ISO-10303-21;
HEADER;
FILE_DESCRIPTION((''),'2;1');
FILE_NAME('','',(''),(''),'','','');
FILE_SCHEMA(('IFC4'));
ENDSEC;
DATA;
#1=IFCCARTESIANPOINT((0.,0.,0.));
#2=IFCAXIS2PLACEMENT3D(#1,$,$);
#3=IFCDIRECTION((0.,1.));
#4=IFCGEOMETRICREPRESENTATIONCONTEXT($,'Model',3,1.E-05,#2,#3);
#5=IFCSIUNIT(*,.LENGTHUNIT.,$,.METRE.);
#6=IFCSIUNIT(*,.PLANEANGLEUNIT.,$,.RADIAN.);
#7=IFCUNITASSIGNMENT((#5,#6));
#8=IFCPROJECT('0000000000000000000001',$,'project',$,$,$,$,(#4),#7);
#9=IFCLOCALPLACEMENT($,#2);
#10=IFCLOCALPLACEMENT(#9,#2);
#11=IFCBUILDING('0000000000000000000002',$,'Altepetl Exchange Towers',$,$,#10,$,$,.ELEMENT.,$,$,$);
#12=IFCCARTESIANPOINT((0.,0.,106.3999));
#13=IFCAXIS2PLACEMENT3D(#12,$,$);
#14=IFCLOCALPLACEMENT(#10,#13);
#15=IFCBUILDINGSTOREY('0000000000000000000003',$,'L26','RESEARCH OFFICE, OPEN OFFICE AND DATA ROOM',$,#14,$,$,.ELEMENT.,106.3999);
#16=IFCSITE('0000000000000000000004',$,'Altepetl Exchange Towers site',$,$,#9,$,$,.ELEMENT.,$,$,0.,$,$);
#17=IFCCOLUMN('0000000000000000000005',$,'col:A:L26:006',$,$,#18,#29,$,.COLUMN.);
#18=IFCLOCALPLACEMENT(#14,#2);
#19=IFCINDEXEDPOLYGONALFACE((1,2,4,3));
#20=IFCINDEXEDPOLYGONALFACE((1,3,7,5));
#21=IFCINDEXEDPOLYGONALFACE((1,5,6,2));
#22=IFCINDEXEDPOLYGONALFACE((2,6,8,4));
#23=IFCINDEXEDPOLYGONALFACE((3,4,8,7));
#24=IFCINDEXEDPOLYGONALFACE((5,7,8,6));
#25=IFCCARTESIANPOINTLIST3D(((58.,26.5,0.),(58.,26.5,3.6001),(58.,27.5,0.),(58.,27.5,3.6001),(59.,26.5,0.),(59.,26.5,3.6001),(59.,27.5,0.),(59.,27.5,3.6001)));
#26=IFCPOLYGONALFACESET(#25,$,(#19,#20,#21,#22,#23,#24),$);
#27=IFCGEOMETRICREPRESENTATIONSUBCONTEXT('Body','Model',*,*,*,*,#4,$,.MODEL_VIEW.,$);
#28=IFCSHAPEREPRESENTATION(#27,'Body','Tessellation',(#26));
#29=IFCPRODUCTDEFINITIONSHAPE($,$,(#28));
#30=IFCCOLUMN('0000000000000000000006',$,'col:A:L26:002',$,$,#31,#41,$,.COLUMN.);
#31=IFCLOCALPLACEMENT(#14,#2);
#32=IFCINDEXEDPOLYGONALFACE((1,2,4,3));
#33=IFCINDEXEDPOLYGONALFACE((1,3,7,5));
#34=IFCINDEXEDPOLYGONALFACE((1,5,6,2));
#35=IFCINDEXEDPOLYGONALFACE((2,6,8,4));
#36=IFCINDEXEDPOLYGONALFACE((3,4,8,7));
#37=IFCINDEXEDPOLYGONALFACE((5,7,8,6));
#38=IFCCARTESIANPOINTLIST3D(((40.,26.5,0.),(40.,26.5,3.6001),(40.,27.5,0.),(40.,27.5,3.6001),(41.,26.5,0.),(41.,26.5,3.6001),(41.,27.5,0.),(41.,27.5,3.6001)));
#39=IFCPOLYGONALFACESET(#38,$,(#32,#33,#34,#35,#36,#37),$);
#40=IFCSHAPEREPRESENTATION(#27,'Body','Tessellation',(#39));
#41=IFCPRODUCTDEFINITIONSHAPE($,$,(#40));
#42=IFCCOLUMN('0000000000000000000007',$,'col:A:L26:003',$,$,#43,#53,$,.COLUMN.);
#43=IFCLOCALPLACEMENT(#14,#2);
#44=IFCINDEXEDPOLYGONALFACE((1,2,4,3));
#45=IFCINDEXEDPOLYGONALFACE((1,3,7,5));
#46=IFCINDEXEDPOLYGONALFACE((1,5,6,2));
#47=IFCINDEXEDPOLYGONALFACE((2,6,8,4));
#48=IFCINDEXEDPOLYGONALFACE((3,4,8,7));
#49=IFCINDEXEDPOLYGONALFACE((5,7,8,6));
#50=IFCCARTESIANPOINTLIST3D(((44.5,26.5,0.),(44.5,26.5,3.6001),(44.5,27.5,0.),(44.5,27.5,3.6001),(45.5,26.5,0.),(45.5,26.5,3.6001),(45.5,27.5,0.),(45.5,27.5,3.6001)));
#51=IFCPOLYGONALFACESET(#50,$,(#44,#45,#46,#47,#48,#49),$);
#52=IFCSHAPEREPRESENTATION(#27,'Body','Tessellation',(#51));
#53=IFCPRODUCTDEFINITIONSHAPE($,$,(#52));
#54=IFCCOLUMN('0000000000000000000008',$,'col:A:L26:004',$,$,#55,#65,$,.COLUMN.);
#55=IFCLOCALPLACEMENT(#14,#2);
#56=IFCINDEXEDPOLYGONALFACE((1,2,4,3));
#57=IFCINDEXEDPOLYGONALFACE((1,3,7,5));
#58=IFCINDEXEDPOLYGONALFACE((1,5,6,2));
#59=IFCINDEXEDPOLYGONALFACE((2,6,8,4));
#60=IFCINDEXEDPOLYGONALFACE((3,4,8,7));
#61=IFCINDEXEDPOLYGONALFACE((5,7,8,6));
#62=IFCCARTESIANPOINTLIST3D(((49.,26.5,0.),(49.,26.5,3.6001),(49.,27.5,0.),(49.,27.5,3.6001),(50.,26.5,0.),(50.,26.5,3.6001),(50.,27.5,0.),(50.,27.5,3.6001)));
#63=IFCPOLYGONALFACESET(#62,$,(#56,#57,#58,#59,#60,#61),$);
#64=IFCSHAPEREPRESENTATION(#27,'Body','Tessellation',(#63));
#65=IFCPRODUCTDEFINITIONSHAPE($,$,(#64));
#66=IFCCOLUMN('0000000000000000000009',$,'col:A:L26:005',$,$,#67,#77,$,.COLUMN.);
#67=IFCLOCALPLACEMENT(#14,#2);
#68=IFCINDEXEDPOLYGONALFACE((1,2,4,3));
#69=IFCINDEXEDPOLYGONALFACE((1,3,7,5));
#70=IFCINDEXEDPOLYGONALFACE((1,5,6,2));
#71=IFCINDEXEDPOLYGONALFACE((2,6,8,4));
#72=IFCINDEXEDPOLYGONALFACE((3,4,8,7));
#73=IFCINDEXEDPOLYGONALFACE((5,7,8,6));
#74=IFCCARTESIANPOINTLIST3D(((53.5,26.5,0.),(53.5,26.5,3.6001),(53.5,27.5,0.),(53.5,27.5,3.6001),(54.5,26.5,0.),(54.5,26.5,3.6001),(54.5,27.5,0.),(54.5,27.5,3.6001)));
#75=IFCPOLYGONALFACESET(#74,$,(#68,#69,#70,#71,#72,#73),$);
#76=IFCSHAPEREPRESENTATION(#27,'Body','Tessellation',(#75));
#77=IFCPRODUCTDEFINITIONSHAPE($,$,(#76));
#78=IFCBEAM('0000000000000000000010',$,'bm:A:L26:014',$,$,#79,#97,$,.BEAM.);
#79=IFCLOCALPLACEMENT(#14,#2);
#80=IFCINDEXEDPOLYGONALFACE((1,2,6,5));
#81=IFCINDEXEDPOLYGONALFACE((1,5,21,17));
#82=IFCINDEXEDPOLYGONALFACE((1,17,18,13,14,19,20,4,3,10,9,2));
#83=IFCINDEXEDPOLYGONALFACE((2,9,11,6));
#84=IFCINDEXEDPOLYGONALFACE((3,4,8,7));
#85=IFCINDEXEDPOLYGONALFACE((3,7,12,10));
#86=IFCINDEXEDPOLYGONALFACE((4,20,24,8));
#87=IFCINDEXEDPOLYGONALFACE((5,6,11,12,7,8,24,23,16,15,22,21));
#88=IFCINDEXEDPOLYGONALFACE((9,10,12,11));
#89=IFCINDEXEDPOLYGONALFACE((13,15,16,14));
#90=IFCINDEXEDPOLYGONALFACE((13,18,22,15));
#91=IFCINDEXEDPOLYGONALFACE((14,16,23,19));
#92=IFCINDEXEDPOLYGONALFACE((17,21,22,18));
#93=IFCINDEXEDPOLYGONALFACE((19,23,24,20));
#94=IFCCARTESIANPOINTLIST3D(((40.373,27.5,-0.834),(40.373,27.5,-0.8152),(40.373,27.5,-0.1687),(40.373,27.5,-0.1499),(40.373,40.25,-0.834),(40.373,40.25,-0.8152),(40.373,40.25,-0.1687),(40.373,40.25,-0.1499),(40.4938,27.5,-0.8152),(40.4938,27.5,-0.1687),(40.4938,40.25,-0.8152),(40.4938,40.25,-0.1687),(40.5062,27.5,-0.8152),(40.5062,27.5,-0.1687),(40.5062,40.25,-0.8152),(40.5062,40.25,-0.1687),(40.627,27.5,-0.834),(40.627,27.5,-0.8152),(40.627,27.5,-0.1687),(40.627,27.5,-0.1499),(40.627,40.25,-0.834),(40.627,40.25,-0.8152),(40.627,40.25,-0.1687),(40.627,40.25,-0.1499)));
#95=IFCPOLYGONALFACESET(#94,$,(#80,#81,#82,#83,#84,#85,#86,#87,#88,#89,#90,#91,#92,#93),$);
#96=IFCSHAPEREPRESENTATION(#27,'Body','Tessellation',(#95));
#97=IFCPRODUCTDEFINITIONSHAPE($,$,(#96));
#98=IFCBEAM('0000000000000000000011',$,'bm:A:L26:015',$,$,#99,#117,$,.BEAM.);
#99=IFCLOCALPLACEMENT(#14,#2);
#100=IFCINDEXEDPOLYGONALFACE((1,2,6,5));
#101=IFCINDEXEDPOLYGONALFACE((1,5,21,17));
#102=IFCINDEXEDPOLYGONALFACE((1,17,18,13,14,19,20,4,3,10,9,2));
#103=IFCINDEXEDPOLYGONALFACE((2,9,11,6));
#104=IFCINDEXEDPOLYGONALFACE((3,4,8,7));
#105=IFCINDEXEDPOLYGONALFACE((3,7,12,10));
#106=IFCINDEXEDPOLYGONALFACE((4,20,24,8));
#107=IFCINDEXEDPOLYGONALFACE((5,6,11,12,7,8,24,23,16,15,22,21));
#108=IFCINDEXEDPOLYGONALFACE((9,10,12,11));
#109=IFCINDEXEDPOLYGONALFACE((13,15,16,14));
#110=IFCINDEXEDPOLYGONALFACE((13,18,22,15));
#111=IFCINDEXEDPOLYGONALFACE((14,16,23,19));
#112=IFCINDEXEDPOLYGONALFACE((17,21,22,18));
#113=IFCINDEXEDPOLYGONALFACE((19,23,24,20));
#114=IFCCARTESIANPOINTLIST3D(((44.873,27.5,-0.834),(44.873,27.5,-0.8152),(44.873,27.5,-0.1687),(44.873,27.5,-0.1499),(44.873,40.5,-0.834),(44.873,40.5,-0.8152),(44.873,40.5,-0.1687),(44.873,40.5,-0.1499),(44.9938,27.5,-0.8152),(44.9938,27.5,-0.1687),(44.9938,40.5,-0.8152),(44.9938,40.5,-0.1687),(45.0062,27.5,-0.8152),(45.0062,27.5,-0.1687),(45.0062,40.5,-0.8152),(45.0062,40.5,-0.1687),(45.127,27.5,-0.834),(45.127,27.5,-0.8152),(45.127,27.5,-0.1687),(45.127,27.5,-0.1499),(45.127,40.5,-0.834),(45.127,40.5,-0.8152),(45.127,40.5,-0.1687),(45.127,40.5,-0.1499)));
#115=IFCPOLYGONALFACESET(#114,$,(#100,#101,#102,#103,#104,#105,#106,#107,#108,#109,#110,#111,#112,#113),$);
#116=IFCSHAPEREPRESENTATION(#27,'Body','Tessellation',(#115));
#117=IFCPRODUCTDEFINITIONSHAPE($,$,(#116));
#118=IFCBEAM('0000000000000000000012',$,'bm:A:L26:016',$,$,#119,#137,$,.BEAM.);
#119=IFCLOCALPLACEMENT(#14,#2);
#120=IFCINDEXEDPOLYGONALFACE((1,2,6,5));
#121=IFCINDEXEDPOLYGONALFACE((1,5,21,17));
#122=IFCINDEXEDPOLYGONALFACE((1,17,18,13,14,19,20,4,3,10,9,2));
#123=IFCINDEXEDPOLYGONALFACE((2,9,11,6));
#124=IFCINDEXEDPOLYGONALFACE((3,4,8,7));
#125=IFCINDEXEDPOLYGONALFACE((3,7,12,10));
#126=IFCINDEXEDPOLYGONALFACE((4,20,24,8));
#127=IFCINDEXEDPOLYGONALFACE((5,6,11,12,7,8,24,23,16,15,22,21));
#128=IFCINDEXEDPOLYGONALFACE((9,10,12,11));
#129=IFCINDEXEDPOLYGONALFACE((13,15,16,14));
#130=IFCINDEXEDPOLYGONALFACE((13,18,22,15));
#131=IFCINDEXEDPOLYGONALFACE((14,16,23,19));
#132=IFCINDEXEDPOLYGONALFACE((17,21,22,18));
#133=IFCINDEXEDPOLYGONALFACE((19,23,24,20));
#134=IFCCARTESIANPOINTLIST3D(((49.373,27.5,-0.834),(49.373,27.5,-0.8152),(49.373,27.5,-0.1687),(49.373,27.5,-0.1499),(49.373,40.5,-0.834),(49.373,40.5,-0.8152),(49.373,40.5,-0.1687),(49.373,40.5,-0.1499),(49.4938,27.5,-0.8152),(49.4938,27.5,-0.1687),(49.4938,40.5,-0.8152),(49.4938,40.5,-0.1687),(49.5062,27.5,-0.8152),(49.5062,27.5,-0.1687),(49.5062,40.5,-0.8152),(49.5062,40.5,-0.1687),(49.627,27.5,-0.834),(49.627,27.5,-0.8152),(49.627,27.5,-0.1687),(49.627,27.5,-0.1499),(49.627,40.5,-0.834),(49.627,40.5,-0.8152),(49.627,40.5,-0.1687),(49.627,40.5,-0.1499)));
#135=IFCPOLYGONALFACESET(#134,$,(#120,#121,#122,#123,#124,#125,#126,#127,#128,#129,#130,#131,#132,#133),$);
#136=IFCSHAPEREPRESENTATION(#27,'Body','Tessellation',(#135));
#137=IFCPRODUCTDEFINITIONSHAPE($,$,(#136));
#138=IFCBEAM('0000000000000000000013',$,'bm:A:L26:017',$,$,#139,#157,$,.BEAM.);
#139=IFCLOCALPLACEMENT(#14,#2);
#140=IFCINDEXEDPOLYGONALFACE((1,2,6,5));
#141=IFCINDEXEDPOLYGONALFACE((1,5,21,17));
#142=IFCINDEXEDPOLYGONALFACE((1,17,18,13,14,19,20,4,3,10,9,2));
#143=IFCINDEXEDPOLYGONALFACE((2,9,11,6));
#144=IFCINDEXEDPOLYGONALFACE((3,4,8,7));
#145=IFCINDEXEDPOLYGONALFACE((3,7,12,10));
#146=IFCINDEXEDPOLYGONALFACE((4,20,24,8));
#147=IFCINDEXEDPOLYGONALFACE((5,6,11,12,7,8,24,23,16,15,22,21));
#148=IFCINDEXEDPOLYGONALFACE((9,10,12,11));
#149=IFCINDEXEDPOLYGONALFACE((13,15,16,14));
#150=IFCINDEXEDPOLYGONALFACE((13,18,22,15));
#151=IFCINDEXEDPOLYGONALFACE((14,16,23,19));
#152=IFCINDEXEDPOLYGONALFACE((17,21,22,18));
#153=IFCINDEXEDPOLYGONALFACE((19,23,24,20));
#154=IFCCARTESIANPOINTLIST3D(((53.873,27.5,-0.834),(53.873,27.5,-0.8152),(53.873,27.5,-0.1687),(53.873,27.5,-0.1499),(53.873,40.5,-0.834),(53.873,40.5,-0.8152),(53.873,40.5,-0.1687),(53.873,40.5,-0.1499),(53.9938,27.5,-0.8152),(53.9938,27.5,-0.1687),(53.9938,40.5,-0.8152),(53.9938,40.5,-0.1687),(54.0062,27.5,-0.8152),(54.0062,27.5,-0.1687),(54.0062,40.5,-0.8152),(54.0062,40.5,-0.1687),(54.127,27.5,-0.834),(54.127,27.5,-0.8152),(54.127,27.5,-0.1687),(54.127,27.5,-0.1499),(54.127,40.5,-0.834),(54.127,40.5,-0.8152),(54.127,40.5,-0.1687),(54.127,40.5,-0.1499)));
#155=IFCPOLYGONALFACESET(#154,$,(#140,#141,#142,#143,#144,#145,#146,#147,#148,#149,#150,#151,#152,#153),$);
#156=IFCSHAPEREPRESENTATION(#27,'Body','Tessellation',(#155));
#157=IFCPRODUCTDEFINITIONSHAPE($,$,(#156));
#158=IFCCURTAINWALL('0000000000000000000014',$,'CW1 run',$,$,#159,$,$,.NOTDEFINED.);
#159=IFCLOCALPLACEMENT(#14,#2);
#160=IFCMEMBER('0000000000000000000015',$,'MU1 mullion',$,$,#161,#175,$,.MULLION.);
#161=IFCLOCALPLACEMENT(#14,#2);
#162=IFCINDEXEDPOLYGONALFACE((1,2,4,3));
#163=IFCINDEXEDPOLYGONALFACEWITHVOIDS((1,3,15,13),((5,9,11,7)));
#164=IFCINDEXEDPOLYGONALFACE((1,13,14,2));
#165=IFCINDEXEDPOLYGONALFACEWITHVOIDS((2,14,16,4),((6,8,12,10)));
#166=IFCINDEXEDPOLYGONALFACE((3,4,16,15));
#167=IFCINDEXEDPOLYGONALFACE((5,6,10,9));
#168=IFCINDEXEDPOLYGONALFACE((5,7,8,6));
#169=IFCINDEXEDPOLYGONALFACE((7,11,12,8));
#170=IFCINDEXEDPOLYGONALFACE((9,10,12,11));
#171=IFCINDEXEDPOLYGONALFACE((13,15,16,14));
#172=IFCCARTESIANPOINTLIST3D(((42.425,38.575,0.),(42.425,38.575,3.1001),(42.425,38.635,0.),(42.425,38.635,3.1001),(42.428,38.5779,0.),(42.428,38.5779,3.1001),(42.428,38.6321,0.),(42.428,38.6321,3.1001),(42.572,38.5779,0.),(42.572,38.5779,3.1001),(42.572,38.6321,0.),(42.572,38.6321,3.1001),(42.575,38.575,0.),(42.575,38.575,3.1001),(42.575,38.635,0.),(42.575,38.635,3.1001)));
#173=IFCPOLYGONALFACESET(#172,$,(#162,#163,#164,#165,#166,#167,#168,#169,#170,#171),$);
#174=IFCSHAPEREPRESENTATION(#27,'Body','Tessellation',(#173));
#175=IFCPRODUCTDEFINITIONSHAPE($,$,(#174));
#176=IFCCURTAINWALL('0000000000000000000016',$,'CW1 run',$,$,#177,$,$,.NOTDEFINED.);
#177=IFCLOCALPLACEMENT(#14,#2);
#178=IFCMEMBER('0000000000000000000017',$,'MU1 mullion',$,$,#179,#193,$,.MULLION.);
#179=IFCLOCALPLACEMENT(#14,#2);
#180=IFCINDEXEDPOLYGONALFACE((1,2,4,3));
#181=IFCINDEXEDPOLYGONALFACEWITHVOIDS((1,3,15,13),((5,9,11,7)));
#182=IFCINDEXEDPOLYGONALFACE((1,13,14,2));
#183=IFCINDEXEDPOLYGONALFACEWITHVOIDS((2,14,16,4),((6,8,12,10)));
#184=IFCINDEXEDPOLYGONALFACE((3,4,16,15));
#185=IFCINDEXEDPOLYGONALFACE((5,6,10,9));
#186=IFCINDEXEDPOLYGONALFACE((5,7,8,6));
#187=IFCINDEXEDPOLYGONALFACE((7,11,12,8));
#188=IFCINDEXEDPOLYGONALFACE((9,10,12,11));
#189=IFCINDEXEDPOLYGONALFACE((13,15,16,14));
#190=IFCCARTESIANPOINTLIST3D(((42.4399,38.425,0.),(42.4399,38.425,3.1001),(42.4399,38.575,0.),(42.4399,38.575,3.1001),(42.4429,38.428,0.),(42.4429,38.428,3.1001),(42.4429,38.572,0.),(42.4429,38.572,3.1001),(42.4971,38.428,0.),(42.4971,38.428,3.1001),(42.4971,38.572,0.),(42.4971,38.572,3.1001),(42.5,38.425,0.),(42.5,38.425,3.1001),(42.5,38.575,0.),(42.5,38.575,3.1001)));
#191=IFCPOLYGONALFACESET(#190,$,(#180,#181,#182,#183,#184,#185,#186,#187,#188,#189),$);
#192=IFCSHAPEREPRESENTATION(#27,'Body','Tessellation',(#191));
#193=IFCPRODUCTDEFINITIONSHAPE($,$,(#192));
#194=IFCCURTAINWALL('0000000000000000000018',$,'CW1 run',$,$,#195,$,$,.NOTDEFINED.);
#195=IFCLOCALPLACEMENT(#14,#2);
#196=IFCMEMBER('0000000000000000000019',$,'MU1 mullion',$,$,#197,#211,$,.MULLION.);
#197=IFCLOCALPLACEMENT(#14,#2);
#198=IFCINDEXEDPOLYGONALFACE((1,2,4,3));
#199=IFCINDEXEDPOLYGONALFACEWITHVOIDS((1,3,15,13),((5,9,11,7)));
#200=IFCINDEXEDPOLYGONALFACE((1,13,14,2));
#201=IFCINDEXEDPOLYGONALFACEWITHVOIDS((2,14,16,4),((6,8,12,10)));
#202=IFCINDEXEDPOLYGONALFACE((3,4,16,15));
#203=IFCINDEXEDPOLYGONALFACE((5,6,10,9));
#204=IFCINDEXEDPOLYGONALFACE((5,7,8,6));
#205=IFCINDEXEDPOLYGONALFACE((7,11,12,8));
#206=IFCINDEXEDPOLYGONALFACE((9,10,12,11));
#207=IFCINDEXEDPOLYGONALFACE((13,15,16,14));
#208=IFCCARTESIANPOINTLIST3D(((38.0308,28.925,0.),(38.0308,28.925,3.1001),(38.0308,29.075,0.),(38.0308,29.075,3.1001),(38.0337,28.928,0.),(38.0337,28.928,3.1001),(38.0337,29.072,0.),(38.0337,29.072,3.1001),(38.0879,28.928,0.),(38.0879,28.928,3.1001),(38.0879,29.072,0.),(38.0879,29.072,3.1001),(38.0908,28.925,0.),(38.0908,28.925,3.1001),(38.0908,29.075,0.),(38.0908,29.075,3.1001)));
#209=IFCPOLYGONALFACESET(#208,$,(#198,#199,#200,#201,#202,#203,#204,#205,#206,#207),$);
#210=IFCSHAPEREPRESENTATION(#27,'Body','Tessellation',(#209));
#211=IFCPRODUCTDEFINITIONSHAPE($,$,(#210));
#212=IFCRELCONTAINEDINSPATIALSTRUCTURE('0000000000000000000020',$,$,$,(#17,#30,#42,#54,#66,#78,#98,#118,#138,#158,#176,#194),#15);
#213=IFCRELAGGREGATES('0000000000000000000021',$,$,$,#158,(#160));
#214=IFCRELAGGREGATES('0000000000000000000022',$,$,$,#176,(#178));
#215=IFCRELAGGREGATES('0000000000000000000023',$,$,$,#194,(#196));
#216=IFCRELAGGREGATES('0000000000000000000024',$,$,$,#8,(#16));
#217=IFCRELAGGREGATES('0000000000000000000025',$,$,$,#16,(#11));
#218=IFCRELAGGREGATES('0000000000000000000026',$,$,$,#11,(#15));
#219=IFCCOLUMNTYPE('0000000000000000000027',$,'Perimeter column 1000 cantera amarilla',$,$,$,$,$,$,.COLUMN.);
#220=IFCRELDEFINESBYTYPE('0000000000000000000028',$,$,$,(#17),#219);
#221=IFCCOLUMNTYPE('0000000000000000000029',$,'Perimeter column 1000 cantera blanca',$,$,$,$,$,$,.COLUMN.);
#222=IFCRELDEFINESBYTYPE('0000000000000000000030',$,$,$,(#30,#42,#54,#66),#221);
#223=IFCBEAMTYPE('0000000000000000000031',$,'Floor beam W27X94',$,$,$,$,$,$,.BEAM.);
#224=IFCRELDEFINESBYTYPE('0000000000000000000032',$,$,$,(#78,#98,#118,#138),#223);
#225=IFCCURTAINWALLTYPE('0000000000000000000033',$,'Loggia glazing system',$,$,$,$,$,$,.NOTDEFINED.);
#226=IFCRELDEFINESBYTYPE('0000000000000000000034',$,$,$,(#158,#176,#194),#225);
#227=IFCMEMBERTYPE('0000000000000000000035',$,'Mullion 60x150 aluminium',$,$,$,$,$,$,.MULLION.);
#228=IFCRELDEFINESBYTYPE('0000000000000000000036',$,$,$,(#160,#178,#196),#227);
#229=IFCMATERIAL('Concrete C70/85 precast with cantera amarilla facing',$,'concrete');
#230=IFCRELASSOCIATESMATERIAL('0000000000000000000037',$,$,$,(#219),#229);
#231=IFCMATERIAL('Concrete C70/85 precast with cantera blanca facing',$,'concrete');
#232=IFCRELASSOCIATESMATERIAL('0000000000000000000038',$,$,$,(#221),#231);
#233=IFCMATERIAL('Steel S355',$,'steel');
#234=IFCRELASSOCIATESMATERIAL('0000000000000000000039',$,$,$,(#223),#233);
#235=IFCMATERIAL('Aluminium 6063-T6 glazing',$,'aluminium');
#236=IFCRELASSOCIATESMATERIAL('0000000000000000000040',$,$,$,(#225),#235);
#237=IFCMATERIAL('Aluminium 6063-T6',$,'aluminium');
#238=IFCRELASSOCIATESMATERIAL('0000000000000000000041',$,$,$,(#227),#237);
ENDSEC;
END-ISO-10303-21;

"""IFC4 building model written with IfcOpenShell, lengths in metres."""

from ifc_helpers import new_model, si_unit, direction, frame, origin, origin_2d, place, context, subcontext, project, spatial, rectangle, hollow_rectangle, i_section, extrude, material, material_profile, profile_set, type_object, element, aggregate, save


model = new_model("IFC4")

# Units and contexts
model_context = context("Model", 3, precision=1e-05, world=origin(), true_north=direction((0.0, 1.0)))
body_context = subcontext(model_context, "Body", "Model", "MODEL_VIEW")
ifc_project = project(units=[si_unit("LENGTHUNIT", "METRE"), si_unit("PLANEANGLEUNIT", "RADIAN")], contexts=[model_context])

# Site, building, storey
site_placement = place(None, origin())
site = spatial("IfcSite", under=ifc_project, at=site_placement, Name="Altepetl Exchange Towers site", CompositionType="ELEMENT", RefElevation=0.0)
building_placement = place(site_placement, origin())
building = spatial("IfcBuilding", under=site, at=building_placement, Name="Altepetl Exchange Towers", CompositionType="ELEMENT")
storey_placement = place(building_placement, frame((0.0, 0.0, 106.3999)))
storey = spatial("IfcBuildingStorey", under=building, at=storey_placement, Name="L26", Description="RESEARCH OFFICE, OPEN OFFICE AND DATA ROOM", CompositionType="ELEMENT", Elevation=106.3999)

# Columns
ifc_material_1 = material(Name="Concrete C70/85 precast with cantera amarilla facing", Category="concrete")
ifc_material_profile_1 = material_profile(ifc_material_1, rectangle(XDim=1.0, YDim=1.0, at=origin_2d()), Name="1000 x 1000")
ifc_profile_set_1 = profile_set([ifc_material_profile_1], Name="Concrete C70/85 precast with cantera amarilla facing")
column_type_1 = type_object("IfcColumnType", Name="Perimeter column 1000 cantera amarilla", PredefinedType="COLUMN", material=ifc_profile_set_1)
column_placement = place(storey_placement, frame((58.5, 27.0, 0.0)))
element("IfcColumn", 1, at=column_placement, inside=storey, type_object=column_type_1, Name="col:A:L26:006", PredefinedType="COLUMN", context=body_context, shape_type="SweptSolid", body=[
    extrude(rectangle(XDim=1.0, YDim=1.0, at=origin_2d()), origin(), (0.0, 0.0, 1.0), 3.6001),
])
ifc_material_2 = material(Name="Concrete C70/85 precast with cantera blanca facing", Category="concrete")
ifc_material_profile_2 = material_profile(ifc_material_2, rectangle(XDim=1.0, YDim=1.0, at=origin_2d()), Name="1000 x 1000")
ifc_profile_set_2 = profile_set([ifc_material_profile_2], Name="Concrete C70/85 precast with cantera blanca facing")
column_type_2 = type_object("IfcColumnType", Name="Perimeter column 1000 cantera blanca", PredefinedType="COLUMN", material=ifc_profile_set_2)
for number, where, name in (
    (2, (40.5, 27.0, 0.0), "col:A:L26:002"),
    (3, (45.0, 27.0, 0.0), "col:A:L26:003"),
    (4, (49.5, 27.0, 0.0), "col:A:L26:004"),
    (5, (54.0, 27.0, 0.0), "col:A:L26:005"),
):
    element("IfcColumn", number, at=place(storey_placement, frame(where)), inside=storey, type_object=column_type_2, Name=name, PredefinedType="COLUMN", context=body_context, shape_type="SweptSolid", body=[
        extrude(rectangle(XDim=1.0, YDim=1.0, at=origin_2d()), origin(), (0.0, 0.0, 1.0), 3.6001),
    ])

# Beams
ifc_material_3 = material(Name="Steel S355", Category="steel")
ifc_material_profile_3 = material_profile(ifc_material_3, i_section(OverallWidth=0.2539, OverallDepth=0.6841, WebThickness=0.0125, FlangeThickness=0.0188, at=origin_2d()), Name="W27X94")
ifc_profile_set_3 = profile_set([ifc_material_profile_3], Name="Steel S355")
beam_type_1 = type_object("IfcBeamType", Name="Floor beam W27X94", PredefinedType="BEAM", material=ifc_profile_set_3)
beam_placement = place(storey_placement, frame((40.5, 27.5, -0.4919), z_axis=(0.0, 1.0, 0.0), x_axis=(-1.0, 0.0, 0.0)))
element("IfcBeam", 6, at=beam_placement, inside=storey, type_object=beam_type_1, Name="bm:A:L26:014", PredefinedType="BEAM", context=body_context, shape_type="SweptSolid", body=[
    extrude(i_section(OverallWidth=0.2539, OverallDepth=0.6841, WebThickness=0.0125, FlangeThickness=0.0188, at=origin_2d()), origin(), (0.0, 0.0, 1.0), 12.75),
])
for number, where, z_axis, x_axis, name in (
    (7, (45.0, 27.5, -0.4919), (0.0, 1.0, 0.0), (-1.0, 0.0, 0.0), "bm:A:L26:015"),
    (8, (49.5, 27.5, -0.4919), (0.0, 1.0, 0.0), (-1.0, 0.0, 0.0), "bm:A:L26:016"),
    (9, (54.0, 27.5, -0.4919), (0.0, 1.0, 0.0), (-1.0, 0.0, 0.0), "bm:A:L26:017"),
):
    element("IfcBeam", number, at=place(storey_placement, frame(where, z_axis=z_axis, x_axis=x_axis)), inside=storey, type_object=beam_type_1, Name=name, PredefinedType="BEAM", context=body_context, shape_type="SweptSolid", body=[
        extrude(i_section(OverallWidth=0.2539, OverallDepth=0.6841, WebThickness=0.0125, FlangeThickness=0.0188, at=origin_2d()), origin(), (0.0, 0.0, 1.0), 13.0),
    ])

# Curtain walls, members
ifc_material_4 = material(Name="Aluminium 6063-T6 glazing", Category="aluminium")
curtain_wall_type = type_object("IfcCurtainWallType", Name="Loggia glazing system", PredefinedType="NOTDEFINED", material=ifc_material_4)
curtain_wall_1_placement = place(storey_placement, origin())
curtain_wall_1 = element("IfcCurtainWall", 10, at=curtain_wall_1_placement, inside=storey, type_object=curtain_wall_type, Name="CW1 run", PredefinedType="NOTDEFINED")
ifc_material_5 = material(Name="Aluminium 6063-T6", Category="aluminium")
ifc_material_profile_4 = material_profile(ifc_material_5, hollow_rectangle(XDim=0.0601, YDim=0.1499, WallThickness=0.0029, at=origin_2d()), Name="Mullion 60x150 aluminium")
ifc_profile_set_4 = profile_set([ifc_material_profile_4], Name="Aluminium 6063-T6")
member_type = type_object("IfcMemberType", Name="Mullion 60x150 aluminium", PredefinedType="MULLION", material=ifc_profile_set_4)
member_1_placement = place(storey_placement, frame((42.5, 38.605, 0.0), z_axis=(0.0, 0.0, 1.0), x_axis=(0.0, -1.0, 0.0)))
member_1 = element("IfcMember", 11, at=member_1_placement, type_object=member_type, Name="MU1 mullion", PredefinedType="MULLION", context=body_context, shape_type="SweptSolid", body=[
    extrude(hollow_rectangle(XDim=0.0601, YDim=0.1499, WallThickness=0.0029, at=origin_2d()), origin(), (0.0, 0.0, 1.0), 3.1001),
])
curtain_wall_2_placement = place(storey_placement, origin())
curtain_wall_2 = element("IfcCurtainWall", 12, at=curtain_wall_2_placement, inside=storey, type_object=curtain_wall_type, Name="CW1 run", PredefinedType="NOTDEFINED")
member_2_placement = place(storey_placement, frame((42.47, 38.5, 0.0), z_axis=(0.0, 0.0, 1.0), x_axis=(-1.0, 0.0, 0.0)))
member_2 = element("IfcMember", 13, at=member_2_placement, type_object=member_type, Name="MU1 mullion", PredefinedType="MULLION", context=body_context, shape_type="SweptSolid", body=[
    extrude(hollow_rectangle(XDim=0.0601, YDim=0.1499, WallThickness=0.0029, at=origin_2d()), origin(), (0.0, 0.0, 1.0), 3.1001),
])

# Curtain wall, member
curtain_wall_3_placement = place(storey_placement, origin())
curtain_wall_3 = element("IfcCurtainWall", 14, at=curtain_wall_3_placement, inside=storey, type_object=curtain_wall_type, Name="CW1 run", PredefinedType="NOTDEFINED")
member_3_placement = place(storey_placement, frame((38.0608, 29.0, 0.0)))
member_3 = element("IfcMember", 15, at=member_3_placement, type_object=member_type, Name="MU1 mullion", PredefinedType="MULLION", context=body_context, shape_type="SweptSolid", body=[
    extrude(hollow_rectangle(XDim=0.0601, YDim=0.1499, WallThickness=0.0029, at=origin_2d()), origin(), (0.0, 0.0, 1.0), 3.1001),
])

aggregate(curtain_wall_1, [member_1])
aggregate(curtain_wall_2, [member_2])
aggregate(curtain_wall_3, [member_3])

save(model, "model.ifc")
